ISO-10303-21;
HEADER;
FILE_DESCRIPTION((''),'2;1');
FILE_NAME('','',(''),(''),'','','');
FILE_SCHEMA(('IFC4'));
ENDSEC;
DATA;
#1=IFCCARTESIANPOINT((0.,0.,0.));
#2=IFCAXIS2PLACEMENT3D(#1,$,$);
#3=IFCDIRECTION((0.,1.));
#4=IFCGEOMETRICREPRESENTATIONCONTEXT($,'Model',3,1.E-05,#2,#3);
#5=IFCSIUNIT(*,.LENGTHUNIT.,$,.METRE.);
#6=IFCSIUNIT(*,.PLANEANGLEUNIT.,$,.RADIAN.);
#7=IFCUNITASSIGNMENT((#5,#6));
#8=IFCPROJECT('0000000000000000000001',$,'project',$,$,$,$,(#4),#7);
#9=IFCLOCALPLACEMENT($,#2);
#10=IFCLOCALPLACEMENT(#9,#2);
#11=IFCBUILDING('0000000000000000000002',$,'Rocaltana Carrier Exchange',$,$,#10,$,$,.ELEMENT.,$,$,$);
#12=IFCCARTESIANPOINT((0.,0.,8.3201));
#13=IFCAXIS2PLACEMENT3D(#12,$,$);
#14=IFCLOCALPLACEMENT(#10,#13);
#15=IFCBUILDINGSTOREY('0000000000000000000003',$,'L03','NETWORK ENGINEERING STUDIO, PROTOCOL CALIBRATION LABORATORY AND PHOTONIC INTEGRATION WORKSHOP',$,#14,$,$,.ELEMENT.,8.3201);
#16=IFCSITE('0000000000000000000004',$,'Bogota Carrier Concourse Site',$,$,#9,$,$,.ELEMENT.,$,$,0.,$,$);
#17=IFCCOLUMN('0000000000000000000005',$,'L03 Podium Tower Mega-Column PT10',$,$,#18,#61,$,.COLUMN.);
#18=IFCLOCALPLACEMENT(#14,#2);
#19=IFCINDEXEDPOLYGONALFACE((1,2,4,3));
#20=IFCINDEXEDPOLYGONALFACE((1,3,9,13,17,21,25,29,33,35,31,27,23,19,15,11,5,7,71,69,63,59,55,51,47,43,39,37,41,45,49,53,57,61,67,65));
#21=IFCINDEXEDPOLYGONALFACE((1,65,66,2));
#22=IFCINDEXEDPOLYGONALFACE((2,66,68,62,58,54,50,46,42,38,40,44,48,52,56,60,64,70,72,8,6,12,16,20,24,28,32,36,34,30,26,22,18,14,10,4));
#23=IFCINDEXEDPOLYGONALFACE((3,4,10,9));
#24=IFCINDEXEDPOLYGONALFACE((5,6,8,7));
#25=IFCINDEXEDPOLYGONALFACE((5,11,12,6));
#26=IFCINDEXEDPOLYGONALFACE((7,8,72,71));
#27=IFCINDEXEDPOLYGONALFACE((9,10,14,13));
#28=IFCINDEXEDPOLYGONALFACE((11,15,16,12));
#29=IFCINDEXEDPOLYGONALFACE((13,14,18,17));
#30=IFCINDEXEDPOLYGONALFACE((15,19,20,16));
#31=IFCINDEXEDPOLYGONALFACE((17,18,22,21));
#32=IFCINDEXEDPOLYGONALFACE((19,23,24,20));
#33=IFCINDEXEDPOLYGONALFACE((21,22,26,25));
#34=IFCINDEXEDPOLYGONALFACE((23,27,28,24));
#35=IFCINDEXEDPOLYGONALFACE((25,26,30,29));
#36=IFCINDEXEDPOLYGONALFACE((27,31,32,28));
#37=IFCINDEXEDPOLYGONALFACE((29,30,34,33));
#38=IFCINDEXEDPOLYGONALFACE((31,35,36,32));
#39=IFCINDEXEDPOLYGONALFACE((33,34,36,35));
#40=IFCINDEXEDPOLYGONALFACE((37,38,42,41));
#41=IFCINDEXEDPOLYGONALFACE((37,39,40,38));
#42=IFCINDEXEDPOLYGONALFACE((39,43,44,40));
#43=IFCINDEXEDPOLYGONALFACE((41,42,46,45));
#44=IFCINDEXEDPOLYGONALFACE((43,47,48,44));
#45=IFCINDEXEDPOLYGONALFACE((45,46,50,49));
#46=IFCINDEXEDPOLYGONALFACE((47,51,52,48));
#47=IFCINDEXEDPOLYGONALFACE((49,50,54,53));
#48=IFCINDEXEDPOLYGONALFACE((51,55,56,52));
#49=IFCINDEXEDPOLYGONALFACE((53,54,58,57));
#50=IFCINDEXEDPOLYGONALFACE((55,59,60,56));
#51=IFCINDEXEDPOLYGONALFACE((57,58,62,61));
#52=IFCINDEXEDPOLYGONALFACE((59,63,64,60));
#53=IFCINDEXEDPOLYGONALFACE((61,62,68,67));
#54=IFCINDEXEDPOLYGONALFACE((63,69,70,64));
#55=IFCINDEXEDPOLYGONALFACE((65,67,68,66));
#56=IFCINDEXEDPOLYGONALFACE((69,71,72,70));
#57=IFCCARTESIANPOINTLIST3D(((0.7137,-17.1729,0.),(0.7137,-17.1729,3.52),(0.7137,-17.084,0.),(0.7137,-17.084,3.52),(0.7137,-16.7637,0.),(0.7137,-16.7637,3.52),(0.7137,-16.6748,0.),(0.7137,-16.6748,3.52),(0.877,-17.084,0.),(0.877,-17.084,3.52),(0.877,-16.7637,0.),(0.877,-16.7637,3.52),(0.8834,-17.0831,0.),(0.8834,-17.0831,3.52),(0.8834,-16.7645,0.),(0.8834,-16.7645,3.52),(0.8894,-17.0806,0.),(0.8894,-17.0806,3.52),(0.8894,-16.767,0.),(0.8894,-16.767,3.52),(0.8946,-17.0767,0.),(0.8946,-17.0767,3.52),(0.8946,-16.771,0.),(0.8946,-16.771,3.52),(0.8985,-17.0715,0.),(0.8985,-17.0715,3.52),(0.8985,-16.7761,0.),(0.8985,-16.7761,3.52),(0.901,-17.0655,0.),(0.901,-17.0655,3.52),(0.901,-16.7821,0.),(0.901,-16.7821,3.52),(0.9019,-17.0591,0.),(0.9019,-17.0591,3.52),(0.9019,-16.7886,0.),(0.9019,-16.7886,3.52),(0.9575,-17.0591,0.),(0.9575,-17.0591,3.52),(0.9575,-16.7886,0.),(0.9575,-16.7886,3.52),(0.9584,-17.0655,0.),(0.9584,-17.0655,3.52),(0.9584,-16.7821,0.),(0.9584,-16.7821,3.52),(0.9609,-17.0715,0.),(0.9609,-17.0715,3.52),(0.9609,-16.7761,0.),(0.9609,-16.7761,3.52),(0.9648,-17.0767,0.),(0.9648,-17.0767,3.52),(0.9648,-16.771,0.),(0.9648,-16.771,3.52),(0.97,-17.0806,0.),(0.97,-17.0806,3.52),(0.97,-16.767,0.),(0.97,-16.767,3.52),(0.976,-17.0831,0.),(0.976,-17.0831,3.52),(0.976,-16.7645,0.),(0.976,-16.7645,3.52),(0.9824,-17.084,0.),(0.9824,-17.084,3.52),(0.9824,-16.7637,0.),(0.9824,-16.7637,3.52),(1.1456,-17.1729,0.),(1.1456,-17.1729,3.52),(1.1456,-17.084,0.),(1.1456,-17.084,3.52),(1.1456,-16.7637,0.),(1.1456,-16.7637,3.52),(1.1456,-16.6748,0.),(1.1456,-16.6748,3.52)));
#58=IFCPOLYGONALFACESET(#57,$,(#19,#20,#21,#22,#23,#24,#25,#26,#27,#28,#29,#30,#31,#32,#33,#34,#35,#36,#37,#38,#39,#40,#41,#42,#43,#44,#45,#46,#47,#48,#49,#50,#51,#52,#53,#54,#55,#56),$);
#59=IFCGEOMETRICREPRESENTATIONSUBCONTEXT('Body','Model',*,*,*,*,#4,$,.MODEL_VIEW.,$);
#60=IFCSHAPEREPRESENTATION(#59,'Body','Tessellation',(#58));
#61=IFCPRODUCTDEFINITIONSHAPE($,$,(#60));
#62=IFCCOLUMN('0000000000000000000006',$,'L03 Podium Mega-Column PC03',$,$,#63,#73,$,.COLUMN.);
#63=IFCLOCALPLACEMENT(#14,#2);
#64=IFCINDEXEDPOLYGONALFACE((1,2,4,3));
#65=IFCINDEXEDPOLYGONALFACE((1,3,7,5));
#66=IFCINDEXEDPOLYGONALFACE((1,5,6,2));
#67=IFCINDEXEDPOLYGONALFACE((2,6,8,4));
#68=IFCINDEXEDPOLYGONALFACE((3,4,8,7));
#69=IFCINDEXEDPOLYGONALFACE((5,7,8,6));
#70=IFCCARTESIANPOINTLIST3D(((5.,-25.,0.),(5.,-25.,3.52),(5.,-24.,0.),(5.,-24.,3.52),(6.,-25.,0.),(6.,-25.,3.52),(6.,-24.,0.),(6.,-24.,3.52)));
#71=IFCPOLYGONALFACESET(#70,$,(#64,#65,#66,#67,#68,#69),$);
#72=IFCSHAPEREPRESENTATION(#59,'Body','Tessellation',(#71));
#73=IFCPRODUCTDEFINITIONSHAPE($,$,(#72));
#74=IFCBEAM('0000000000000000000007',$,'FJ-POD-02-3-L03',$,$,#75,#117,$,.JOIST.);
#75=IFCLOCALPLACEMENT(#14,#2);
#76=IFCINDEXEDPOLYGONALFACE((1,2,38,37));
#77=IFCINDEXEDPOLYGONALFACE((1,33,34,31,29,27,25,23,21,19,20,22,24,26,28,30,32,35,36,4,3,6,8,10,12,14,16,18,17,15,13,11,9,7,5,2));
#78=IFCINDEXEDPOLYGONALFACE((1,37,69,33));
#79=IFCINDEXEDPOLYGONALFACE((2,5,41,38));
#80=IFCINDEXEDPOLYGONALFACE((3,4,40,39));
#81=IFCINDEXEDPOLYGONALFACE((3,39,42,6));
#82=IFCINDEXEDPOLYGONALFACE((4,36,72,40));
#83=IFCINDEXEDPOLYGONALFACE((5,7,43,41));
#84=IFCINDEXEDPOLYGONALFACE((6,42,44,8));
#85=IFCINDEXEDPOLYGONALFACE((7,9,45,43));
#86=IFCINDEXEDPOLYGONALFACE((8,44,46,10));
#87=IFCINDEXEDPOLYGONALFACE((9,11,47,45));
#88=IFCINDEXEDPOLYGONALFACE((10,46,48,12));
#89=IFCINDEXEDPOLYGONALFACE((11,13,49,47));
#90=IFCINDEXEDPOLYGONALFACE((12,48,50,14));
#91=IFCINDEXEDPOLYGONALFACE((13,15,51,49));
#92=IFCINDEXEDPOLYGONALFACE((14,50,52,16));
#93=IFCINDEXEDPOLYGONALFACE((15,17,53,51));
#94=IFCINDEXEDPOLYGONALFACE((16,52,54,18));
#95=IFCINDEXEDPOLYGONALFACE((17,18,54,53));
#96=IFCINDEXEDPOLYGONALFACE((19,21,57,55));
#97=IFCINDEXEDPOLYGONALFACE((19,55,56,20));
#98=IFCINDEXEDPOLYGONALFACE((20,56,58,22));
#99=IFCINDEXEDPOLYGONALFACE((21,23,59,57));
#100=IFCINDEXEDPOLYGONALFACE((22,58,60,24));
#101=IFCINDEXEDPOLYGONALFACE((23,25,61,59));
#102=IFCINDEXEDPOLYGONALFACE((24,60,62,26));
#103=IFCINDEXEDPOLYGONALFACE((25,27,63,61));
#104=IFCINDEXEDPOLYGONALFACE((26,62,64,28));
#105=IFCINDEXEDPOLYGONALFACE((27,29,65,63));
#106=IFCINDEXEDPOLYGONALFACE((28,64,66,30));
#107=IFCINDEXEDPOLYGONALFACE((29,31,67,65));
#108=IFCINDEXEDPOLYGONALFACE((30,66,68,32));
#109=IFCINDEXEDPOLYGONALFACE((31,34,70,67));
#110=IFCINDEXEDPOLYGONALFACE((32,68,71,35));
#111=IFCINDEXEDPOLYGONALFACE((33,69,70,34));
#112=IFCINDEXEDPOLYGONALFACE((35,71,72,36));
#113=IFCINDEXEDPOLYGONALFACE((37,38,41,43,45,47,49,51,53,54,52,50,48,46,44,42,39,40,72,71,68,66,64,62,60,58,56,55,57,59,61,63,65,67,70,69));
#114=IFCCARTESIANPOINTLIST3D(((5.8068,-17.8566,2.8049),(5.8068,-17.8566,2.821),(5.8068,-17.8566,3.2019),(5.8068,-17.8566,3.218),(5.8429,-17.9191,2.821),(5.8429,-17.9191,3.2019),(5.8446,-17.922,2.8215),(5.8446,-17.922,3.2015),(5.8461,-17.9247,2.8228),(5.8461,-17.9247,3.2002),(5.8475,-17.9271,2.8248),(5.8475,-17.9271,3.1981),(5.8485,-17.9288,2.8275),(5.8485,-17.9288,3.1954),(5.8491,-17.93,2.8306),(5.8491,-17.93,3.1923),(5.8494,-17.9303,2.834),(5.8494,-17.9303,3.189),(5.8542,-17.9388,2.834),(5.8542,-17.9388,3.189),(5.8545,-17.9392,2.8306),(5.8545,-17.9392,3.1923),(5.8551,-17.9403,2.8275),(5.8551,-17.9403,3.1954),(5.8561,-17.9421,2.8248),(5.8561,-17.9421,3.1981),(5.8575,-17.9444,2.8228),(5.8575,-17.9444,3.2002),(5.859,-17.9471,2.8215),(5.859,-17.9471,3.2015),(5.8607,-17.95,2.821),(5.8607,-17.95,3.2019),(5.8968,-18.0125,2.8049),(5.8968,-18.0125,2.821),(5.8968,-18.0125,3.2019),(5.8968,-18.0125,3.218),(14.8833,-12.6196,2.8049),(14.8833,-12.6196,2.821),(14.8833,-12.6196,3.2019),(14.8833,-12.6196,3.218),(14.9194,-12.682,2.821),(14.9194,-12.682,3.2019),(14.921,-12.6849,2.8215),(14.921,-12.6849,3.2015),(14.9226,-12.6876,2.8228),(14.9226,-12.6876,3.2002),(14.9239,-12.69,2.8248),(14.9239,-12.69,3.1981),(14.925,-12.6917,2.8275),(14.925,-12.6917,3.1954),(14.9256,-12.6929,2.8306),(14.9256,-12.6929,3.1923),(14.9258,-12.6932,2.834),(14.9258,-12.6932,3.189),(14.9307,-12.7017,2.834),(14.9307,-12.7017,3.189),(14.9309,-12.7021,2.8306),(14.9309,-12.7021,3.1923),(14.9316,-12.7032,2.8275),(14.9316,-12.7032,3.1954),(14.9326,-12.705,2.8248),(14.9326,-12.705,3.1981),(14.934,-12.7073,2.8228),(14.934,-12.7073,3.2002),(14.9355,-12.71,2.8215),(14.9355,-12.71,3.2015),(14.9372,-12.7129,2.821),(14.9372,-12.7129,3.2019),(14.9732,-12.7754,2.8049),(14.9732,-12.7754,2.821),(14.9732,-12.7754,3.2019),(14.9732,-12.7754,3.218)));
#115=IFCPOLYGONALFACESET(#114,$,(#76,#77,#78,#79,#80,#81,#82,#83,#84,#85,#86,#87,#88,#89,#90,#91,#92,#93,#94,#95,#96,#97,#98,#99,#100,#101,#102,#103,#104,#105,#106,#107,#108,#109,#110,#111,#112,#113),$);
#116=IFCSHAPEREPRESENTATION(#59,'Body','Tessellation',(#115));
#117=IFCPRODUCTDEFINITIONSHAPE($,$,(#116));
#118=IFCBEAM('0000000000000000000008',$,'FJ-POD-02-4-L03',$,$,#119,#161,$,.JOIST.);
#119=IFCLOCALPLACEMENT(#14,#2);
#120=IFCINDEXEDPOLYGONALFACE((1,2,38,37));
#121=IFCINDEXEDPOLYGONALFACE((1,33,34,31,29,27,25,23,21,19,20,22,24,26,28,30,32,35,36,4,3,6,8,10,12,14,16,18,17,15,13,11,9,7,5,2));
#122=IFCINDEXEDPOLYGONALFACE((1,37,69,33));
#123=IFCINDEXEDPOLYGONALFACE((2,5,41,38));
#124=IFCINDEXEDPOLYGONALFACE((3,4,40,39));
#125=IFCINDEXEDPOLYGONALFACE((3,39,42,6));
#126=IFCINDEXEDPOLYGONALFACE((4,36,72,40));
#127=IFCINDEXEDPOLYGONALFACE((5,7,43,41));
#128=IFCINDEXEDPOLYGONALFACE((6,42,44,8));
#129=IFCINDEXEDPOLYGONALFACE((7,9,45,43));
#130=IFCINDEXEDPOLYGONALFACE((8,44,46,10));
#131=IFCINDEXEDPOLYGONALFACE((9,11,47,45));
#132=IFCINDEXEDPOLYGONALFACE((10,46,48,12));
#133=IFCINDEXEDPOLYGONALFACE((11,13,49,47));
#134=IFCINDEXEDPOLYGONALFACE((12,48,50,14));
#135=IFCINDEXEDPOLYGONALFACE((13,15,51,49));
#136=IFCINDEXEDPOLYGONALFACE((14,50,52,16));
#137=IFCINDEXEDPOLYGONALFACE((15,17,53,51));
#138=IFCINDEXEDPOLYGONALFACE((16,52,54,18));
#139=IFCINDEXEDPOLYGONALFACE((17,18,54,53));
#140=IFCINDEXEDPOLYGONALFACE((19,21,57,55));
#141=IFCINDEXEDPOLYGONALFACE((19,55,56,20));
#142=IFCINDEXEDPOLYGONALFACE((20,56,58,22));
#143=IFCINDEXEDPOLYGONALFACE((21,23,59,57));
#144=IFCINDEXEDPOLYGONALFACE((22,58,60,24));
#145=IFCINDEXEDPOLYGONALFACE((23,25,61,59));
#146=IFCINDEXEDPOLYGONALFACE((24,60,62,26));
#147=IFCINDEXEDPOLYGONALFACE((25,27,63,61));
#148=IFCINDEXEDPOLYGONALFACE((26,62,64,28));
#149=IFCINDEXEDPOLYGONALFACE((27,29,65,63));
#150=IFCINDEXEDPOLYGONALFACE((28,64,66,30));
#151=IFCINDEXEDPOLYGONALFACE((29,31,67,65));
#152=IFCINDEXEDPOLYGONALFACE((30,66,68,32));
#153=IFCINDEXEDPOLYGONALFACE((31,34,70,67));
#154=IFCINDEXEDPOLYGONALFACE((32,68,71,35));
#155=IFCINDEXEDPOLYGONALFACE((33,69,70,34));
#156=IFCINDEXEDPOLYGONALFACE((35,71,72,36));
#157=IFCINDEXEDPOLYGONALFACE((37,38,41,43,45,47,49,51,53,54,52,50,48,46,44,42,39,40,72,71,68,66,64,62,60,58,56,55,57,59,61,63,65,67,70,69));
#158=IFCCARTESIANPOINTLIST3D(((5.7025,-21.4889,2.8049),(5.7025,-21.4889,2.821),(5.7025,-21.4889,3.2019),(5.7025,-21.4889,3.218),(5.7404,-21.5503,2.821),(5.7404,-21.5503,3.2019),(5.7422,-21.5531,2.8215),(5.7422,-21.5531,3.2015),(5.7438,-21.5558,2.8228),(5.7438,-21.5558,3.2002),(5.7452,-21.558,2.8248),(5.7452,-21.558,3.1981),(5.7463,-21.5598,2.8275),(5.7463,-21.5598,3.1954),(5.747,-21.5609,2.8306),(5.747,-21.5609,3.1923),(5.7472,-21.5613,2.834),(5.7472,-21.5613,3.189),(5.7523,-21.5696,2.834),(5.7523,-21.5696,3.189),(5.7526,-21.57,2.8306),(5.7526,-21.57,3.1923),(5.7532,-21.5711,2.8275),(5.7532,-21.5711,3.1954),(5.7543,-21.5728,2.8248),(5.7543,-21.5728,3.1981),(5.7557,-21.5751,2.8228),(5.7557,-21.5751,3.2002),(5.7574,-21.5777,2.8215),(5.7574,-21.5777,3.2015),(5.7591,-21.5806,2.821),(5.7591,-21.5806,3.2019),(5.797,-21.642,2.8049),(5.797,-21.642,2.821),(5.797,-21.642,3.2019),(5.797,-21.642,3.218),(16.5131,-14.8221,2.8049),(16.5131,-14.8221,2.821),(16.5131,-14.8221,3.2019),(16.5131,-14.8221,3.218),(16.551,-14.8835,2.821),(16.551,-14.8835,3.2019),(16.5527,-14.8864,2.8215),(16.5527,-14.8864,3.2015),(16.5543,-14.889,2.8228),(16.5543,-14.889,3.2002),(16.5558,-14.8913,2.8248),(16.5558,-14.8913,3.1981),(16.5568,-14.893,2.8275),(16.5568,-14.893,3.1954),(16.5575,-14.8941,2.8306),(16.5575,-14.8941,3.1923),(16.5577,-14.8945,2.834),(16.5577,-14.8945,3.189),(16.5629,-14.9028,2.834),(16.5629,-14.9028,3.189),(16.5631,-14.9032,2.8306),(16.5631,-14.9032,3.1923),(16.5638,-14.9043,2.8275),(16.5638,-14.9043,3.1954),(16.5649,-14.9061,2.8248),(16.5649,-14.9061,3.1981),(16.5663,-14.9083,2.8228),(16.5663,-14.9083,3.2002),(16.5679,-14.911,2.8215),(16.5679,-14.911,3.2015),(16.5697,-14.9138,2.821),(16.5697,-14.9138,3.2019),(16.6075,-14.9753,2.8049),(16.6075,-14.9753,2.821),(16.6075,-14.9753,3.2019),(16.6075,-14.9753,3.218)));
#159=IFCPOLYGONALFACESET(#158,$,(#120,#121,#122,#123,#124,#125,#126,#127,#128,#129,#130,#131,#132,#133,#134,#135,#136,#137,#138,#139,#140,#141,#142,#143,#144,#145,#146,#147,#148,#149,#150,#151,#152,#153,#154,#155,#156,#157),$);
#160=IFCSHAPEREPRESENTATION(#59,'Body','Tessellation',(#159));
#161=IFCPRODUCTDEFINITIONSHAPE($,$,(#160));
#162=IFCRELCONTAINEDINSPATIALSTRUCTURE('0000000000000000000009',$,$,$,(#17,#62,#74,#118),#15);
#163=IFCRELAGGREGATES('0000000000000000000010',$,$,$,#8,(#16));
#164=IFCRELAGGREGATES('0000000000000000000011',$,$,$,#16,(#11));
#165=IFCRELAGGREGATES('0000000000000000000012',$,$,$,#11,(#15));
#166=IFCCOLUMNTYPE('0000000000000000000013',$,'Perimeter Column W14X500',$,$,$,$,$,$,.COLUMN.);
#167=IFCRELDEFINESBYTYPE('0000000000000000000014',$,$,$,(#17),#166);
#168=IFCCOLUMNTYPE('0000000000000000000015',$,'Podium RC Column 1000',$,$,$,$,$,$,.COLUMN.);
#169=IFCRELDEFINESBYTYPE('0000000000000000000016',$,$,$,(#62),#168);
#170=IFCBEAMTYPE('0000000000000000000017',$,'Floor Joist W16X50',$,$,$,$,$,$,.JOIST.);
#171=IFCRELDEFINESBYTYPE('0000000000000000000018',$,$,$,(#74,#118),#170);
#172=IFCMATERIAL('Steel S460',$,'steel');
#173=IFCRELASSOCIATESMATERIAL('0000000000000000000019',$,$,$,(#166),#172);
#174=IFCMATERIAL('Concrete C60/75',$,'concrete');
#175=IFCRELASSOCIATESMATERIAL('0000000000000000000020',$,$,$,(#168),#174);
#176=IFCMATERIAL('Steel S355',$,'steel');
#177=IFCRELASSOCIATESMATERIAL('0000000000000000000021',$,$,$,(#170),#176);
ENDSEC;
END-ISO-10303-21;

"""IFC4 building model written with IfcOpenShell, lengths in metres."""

from ifc_helpers import new_model, si_unit, direction, frame, origin, origin_2d, place, context, subcontext, project, spatial, rectangle, i_section, extrude, material, material_profile, profile_set, type_object, element, save


model = new_model("IFC4")

# Units and contexts
model_context = context("Model", 3, precision=1e-05, world=origin(), true_north=direction((0.0, 1.0)))
body_context = subcontext(model_context, "Body", "Model", "MODEL_VIEW")
ifc_project = project(units=[si_unit("LENGTHUNIT", "METRE"), si_unit("PLANEANGLEUNIT", "RADIAN")], contexts=[model_context])

# Site, building, storey
site_placement = place(None, origin())
site = spatial("IfcSite", under=ifc_project, at=site_placement, Name="Bogota Carrier Concourse Site", CompositionType="ELEMENT", RefElevation=0.0)
building_placement = place(site_placement, origin())
building = spatial("IfcBuilding", under=site, at=building_placement, Name="Rocaltana Carrier Exchange", CompositionType="ELEMENT")
storey_placement = place(building_placement, frame((0.0, 0.0, 8.3201)))
storey = spatial("IfcBuildingStorey", under=building, at=storey_placement, Name="L03", Description="NETWORK ENGINEERING STUDIO, PROTOCOL CALIBRATION LABORATORY AND PHOTONIC INTEGRATION WORKSHOP", CompositionType="ELEMENT", Elevation=8.3201)

# Columns
ifc_material_1 = material(Name="Steel S460", Category="steel")
ifc_material_profile_1 = material_profile(ifc_material_1, i_section(OverallWidth=0.4319, OverallDepth=0.498, WebThickness=0.0557, FlangeThickness=0.0889, FilletRadius=0.0249, at=origin_2d()), Name="W14X500")
ifc_profile_set_1 = profile_set([ifc_material_profile_1], Name="Steel S460")
column_type_1 = type_object("IfcColumnType", Name="Perimeter Column W14X500", PredefinedType="COLUMN", material=ifc_profile_set_1)
column_1_placement = place(storey_placement, frame((0.9297, -16.9238, 0.0), z_axis=(0.0, 0.0, 1.0), x_axis=(1.0, 0.0, 0.0)))
element("IfcColumn", 1, at=column_1_placement, inside=storey, type_object=column_type_1, Name="L03 Podium Tower Mega-Column PT10", PredefinedType="COLUMN", context=body_context, shape_type="SweptSolid", body=[
    extrude(i_section(OverallWidth=0.4319, OverallDepth=0.498, WebThickness=0.0557, FlangeThickness=0.0889, FilletRadius=0.0249, at=origin_2d()), origin(), (0.0, 0.0, 1.0), 3.52),
])
ifc_material_2 = material(Name="Concrete C60/75", Category="concrete")
ifc_material_profile_2 = material_profile(ifc_material_2, rectangle(XDim=1.0, YDim=1.0, at=origin_2d()), Name="RC-COL-1000X1000")
ifc_profile_set_2 = profile_set([ifc_material_profile_2], Name="Concrete C60/75")
column_type_2 = type_object("IfcColumnType", Name="Podium RC Column 1000", PredefinedType="COLUMN", material=ifc_profile_set_2)
column_2_placement = place(storey_placement, frame((5.5, -24.5, 0.0), z_axis=(0.0, 0.0, 1.0), x_axis=(1.0, 0.0, 0.0)))
element("IfcColumn", 2, at=column_2_placement, inside=storey, type_object=column_type_2, Name="L03 Podium Mega-Column PC03", PredefinedType="COLUMN", context=body_context, shape_type="SweptSolid", body=[
    extrude(rectangle(XDim=1.0, YDim=1.0, at=origin_2d()), origin(), (0.0, 0.0, 1.0), 3.52),
])

# Beams
ifc_material_3 = material(Name="Steel S355", Category="steel")
ifc_material_profile_3 = material_profile(ifc_material_3, i_section(OverallWidth=0.1799, OverallDepth=0.4131, WebThickness=0.0098, FlangeThickness=0.0161, FilletRadius=0.0129, at=origin_2d()), Name="W16X50")
ifc_profile_set_3 = profile_set([ifc_material_profile_3], Name="Steel S355")
beam_type_1 = type_object("IfcBeamType", Name="Floor Joist W16X50", PredefinedType="JOIST", material=ifc_profile_set_3)
beam_1_placement = place(storey_placement, frame((5.8518, -17.9346, 3.0115), z_axis=(0.866158, 0.49977, 0.0), x_axis=(-0.49977, 0.866158, 0.0)))
element("IfcBeam", 3, at=beam_1_placement, inside=storey, type_object=beam_type_1, Name="FJ-POD-02-3-L03", PredefinedType="JOIST", context=body_context, shape_type="SweptSolid", body=[
    extrude(i_section(OverallWidth=0.1799, OverallDepth=0.4131, WebThickness=0.0098, FlangeThickness=0.0161, FilletRadius=0.0129, at=origin_2d()), origin(), (0.0, 0.0, 1.0), 10.479),
])
beam_2_placement = place(storey_placement, frame((5.7498, -21.5654, 3.0115), z_axis=(0.851162, 0.524903, 0.0), x_axis=(-0.524903, 0.851162, 0.0)))
element("IfcBeam", 4, at=beam_2_placement, inside=storey, type_object=beam_type_1, Name="FJ-POD-02-4-L03", PredefinedType="JOIST", context=body_context, shape_type="SweptSolid", body=[
    extrude(i_section(OverallWidth=0.1799, OverallDepth=0.4131, WebThickness=0.0098, FlangeThickness=0.0161, FilletRadius=0.0129, at=origin_2d()), origin(), (0.0, 0.0, 1.0), 12.7009),
])

save(model, "model.ifc")
